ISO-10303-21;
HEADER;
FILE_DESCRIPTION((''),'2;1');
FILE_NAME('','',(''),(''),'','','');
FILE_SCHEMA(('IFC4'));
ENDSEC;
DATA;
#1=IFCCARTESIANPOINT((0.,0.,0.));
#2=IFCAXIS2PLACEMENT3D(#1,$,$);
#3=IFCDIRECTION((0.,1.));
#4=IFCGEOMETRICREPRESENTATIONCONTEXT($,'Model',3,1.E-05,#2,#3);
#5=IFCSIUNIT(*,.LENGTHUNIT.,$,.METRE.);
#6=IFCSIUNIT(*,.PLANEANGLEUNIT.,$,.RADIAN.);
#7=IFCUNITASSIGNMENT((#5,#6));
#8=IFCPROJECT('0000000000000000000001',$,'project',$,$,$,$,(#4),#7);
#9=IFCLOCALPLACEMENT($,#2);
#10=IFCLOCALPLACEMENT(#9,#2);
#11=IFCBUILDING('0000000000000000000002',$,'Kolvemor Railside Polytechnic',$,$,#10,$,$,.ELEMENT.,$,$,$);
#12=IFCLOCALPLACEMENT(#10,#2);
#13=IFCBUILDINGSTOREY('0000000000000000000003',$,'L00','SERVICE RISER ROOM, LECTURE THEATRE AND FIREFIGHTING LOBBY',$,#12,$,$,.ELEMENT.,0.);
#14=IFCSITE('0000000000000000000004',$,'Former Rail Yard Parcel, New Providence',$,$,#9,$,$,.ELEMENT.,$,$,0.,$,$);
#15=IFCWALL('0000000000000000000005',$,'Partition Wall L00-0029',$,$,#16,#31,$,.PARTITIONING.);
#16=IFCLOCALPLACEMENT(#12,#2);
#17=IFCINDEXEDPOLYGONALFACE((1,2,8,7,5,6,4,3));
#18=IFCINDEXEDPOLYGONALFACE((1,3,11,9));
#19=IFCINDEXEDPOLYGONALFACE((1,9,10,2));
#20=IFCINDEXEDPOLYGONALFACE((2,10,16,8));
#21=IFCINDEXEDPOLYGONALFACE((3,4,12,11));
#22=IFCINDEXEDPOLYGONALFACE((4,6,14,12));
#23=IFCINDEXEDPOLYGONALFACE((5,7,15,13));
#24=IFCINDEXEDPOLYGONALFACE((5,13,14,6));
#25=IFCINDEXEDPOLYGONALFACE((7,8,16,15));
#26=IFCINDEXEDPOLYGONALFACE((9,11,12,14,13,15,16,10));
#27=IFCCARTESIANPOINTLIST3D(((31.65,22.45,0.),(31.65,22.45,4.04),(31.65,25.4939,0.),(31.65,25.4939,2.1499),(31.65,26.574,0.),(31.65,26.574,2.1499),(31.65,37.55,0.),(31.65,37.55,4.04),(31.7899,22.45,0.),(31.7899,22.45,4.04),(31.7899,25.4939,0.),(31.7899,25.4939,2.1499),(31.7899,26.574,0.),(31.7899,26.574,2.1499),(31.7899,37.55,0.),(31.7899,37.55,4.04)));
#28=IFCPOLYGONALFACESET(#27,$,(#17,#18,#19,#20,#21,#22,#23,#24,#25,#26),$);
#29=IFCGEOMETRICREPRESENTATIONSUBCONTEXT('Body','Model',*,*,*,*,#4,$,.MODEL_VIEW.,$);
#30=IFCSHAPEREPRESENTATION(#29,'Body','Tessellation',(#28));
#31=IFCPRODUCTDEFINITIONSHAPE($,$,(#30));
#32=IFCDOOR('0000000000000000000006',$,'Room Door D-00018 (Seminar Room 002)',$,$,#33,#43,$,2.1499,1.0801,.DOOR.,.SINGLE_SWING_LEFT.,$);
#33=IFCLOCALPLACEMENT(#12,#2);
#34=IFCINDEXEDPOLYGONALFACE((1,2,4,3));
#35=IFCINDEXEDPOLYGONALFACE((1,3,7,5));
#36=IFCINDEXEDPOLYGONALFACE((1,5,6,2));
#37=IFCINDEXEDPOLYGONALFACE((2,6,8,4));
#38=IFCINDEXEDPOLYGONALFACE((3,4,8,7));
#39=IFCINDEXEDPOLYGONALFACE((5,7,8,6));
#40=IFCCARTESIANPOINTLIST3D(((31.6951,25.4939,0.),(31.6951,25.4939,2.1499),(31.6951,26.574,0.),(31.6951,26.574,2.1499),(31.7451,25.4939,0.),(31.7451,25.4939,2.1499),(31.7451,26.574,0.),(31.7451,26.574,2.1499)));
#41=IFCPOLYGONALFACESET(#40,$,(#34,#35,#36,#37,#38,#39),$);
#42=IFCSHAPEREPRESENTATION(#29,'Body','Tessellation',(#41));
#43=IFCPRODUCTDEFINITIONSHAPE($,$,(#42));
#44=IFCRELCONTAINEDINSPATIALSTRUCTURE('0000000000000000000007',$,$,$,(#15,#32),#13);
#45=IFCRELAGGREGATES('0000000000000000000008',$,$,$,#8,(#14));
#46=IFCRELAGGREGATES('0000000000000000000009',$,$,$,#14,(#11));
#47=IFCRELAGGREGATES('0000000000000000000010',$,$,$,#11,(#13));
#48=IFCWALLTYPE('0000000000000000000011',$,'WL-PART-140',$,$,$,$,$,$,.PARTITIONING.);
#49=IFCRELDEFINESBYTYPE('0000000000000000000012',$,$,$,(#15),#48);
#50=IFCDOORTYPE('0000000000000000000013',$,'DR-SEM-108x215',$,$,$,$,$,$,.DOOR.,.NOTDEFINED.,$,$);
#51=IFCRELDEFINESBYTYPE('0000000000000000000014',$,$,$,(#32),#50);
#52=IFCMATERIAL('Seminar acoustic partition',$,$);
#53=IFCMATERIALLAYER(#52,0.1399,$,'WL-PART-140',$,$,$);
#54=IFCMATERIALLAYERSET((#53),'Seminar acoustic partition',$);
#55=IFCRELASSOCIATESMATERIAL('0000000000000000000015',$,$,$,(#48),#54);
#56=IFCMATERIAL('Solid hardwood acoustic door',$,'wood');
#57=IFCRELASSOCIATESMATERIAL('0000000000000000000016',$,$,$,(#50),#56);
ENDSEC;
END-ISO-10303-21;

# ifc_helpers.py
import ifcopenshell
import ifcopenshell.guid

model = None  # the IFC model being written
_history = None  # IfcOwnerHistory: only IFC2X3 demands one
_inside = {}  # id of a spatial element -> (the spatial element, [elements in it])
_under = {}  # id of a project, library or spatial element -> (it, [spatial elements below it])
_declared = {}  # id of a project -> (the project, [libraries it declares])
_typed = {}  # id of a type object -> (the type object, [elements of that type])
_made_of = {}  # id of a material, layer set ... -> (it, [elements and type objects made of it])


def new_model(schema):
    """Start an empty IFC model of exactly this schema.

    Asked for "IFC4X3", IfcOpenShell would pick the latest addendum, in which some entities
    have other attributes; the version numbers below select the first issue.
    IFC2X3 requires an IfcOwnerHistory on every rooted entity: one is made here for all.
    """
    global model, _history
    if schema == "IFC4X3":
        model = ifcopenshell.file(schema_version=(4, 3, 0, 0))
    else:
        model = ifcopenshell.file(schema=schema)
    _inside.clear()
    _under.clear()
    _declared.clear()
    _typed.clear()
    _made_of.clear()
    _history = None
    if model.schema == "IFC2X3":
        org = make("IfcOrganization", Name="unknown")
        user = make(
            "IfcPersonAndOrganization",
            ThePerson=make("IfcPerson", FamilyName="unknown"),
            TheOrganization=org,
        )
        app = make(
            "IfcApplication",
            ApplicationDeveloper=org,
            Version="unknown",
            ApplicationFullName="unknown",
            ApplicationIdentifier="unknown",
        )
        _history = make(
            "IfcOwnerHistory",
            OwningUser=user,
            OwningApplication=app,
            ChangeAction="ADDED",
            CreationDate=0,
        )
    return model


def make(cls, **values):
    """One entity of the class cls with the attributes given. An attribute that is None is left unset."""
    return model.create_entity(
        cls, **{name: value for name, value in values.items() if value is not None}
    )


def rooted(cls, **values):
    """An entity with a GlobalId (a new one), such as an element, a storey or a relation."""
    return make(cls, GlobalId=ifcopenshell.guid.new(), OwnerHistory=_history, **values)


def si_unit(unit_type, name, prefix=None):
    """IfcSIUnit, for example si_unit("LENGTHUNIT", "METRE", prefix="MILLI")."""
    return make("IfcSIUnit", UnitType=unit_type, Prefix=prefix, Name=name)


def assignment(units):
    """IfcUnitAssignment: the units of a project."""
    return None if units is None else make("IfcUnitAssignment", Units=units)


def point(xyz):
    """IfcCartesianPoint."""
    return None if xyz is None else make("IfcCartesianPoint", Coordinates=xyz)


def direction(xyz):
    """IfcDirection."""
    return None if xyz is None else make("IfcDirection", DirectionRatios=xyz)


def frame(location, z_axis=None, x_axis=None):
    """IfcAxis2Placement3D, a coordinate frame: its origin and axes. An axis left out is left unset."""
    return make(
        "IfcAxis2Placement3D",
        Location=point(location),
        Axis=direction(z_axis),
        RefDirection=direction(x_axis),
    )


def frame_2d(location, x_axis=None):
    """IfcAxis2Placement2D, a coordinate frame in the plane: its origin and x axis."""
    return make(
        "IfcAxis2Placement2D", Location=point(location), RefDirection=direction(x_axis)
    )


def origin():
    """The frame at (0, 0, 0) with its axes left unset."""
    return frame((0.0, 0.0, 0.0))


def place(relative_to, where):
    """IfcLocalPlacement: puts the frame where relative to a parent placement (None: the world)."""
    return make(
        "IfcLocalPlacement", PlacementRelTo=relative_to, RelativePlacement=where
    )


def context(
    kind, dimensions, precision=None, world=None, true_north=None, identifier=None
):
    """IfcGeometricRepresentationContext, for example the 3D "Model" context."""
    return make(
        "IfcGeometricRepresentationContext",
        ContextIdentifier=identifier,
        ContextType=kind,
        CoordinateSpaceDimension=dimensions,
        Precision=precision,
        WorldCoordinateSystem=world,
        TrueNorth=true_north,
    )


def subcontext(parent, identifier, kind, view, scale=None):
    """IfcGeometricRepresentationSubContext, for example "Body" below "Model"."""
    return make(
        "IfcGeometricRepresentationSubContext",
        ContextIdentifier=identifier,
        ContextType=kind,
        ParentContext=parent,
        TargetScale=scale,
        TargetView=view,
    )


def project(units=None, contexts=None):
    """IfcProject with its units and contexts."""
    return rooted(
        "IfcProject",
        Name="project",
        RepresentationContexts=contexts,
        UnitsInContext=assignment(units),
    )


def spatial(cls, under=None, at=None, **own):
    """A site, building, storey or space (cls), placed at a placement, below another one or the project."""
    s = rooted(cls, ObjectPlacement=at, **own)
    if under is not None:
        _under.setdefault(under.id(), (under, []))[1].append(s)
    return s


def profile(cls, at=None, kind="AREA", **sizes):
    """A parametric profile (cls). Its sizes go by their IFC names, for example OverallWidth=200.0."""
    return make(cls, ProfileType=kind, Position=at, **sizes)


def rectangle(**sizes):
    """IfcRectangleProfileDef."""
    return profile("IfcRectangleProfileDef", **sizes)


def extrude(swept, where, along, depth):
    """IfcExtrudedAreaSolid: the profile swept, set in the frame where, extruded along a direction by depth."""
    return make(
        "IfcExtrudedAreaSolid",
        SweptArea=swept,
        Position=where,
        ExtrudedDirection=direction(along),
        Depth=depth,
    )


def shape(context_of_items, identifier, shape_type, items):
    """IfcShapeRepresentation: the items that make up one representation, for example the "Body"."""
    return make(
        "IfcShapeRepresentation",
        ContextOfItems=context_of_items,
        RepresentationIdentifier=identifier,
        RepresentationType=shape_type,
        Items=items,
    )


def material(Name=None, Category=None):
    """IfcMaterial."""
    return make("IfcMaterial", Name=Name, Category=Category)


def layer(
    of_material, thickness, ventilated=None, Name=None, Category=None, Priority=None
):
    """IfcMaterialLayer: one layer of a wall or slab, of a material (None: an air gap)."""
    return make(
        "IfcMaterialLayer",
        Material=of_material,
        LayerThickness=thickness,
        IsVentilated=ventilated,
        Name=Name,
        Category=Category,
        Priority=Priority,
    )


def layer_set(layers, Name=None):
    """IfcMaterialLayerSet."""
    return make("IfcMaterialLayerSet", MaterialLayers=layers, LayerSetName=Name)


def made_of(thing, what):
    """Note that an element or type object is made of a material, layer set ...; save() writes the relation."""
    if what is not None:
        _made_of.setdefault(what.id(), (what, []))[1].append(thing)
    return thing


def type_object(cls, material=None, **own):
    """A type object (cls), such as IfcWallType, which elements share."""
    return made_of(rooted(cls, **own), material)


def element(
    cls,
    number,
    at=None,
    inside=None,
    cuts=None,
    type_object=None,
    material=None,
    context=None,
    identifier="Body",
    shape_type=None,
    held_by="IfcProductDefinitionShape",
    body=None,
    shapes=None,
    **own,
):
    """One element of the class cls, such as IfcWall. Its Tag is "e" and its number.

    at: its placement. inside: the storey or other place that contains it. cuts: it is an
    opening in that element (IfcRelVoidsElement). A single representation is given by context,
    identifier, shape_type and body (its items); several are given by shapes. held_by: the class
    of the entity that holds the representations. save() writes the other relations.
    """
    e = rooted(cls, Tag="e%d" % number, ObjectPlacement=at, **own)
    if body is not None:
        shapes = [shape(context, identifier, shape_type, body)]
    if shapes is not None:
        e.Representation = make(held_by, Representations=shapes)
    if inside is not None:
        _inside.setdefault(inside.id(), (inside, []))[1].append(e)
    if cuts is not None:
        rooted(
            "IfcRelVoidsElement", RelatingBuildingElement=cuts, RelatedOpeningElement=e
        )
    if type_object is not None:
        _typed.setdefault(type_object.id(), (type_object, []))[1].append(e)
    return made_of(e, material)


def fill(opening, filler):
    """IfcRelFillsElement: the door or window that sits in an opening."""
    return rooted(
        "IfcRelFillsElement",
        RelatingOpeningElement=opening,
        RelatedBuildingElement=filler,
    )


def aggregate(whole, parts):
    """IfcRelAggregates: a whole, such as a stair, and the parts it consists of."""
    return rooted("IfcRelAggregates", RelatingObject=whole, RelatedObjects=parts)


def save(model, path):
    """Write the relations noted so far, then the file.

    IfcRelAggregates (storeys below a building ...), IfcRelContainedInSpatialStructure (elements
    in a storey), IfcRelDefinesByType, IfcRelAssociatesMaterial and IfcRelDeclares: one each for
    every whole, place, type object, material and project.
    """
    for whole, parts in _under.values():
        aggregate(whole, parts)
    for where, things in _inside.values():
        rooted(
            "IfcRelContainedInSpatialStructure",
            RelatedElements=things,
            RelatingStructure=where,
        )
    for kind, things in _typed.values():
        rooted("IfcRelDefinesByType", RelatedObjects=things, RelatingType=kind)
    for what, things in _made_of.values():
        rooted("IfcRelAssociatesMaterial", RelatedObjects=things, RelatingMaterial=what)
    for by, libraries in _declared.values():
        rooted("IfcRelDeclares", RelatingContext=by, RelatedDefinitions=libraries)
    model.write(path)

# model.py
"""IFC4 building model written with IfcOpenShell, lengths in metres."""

from ifc_helpers import new_model, si_unit, direction, frame, frame_2d, origin, place, context, subcontext, project, spatial, rectangle, extrude, material, layer, layer_set, type_object, element, fill, save


model = new_model("IFC4")

# Units and contexts
model_context = context("Model", 3, precision=1e-05, world=origin(), true_north=direction((0.0, 1.0)))
body_context = subcontext(model_context, "Body", "Model", "MODEL_VIEW")
ifc_project = project(units=[si_unit("LENGTHUNIT", "METRE"), si_unit("PLANEANGLEUNIT", "RADIAN")], contexts=[model_context])

# Site, building, storey
site_placement = place(None, origin())
site = spatial("IfcSite", under=ifc_project, at=site_placement, Name="Former Rail Yard Parcel, New Providence", CompositionType="ELEMENT", RefElevation=0.0)
building_placement = place(site_placement, origin())
building = spatial("IfcBuilding", under=site, at=building_placement, Name="Kolvemor Railside Polytechnic", CompositionType="ELEMENT")
storey_placement = place(building_placement, origin())
storey = spatial("IfcBuildingStorey", under=building, at=storey_placement, Name="L00", Description="SERVICE RISER ROOM, LECTURE THEATRE AND FIREFIGHTING LOBBY", CompositionType="ELEMENT", Elevation=0.0)

# Wall, opening, door
ifc_material_1 = material(Name="Seminar acoustic partition")
ifc_layer_1 = layer(ifc_material_1, 0.1399, Name="WL-PART-140")
ifc_layer_set_1 = layer_set([ifc_layer_1], Name="Seminar acoustic partition")
wall_type_1 = type_object("IfcWallType", Name="WL-PART-140", PredefinedType="PARTITIONING", material=ifc_layer_set_1)
wall_1_placement = place(storey_placement, frame((31.72, 22.45, 0.0), z_axis=(0.0, 0.0, 1.0), x_axis=(0.0, 1.0, 0.0)))
wall_1 = element("IfcWall", 1, at=wall_1_placement, inside=storey, type_object=wall_type_1, Name="Partition Wall L00-0029", PredefinedType="PARTITIONING", context=body_context, shape_type="SweptSolid", body=[
    extrude(rectangle(XDim=15.1001, YDim=0.1399, at=frame_2d((7.55, 0.0))), origin(), (0.0, 0.0, 1.0), 4.04),
])
opening_1_placement = place(wall_1_placement, frame((3.0439, 0.0, 0.0)))
opening_1 = element("IfcOpeningElement", 2, at=opening_1_placement, cuts=wall_1, PredefinedType="OPENING", context=body_context, shape_type="SweptSolid", body=[
    extrude(rectangle(XDim=1.0801, YDim=2.1499, at=frame_2d((0.54, 1.075))), frame((0.0, 0.0798, 0.0), z_axis=(0.0, -1.0, 0.0), x_axis=(1.0, 0.0, 0.0)), (0.0, 0.0, 1.0), 0.1599),
])
ifc_material_2 = material(Name="Solid hardwood acoustic door", Category="wood")
door_type_1 = type_object("IfcDoorType", Name="DR-SEM-108x215", OperationType="NOTDEFINED", PredefinedType="DOOR", material=ifc_material_2)
door_1_placement = place(opening_1_placement, origin())
door_1 = element("IfcDoor", 3, at=door_1_placement, inside=storey, type_object=door_type_1, Name="Room Door D-00018 (Seminar Room 002)", OperationType="SINGLE_SWING_LEFT", OverallHeight=2.1499, OverallWidth=1.0801, PredefinedType="DOOR", context=body_context, shape_type="SweptSolid", body=[
    extrude(rectangle(XDim=1.0801, YDim=2.1499, at=frame_2d((0.54, 1.075))), frame((0.0, 0.0249, 0.0), z_axis=(0.0, -1.0, 0.0), x_axis=(1.0, 0.0, 0.0)), (0.0, 0.0, 1.0), 0.05),
])
fill(opening_1, door_1)

save(model, "model.ifc")
